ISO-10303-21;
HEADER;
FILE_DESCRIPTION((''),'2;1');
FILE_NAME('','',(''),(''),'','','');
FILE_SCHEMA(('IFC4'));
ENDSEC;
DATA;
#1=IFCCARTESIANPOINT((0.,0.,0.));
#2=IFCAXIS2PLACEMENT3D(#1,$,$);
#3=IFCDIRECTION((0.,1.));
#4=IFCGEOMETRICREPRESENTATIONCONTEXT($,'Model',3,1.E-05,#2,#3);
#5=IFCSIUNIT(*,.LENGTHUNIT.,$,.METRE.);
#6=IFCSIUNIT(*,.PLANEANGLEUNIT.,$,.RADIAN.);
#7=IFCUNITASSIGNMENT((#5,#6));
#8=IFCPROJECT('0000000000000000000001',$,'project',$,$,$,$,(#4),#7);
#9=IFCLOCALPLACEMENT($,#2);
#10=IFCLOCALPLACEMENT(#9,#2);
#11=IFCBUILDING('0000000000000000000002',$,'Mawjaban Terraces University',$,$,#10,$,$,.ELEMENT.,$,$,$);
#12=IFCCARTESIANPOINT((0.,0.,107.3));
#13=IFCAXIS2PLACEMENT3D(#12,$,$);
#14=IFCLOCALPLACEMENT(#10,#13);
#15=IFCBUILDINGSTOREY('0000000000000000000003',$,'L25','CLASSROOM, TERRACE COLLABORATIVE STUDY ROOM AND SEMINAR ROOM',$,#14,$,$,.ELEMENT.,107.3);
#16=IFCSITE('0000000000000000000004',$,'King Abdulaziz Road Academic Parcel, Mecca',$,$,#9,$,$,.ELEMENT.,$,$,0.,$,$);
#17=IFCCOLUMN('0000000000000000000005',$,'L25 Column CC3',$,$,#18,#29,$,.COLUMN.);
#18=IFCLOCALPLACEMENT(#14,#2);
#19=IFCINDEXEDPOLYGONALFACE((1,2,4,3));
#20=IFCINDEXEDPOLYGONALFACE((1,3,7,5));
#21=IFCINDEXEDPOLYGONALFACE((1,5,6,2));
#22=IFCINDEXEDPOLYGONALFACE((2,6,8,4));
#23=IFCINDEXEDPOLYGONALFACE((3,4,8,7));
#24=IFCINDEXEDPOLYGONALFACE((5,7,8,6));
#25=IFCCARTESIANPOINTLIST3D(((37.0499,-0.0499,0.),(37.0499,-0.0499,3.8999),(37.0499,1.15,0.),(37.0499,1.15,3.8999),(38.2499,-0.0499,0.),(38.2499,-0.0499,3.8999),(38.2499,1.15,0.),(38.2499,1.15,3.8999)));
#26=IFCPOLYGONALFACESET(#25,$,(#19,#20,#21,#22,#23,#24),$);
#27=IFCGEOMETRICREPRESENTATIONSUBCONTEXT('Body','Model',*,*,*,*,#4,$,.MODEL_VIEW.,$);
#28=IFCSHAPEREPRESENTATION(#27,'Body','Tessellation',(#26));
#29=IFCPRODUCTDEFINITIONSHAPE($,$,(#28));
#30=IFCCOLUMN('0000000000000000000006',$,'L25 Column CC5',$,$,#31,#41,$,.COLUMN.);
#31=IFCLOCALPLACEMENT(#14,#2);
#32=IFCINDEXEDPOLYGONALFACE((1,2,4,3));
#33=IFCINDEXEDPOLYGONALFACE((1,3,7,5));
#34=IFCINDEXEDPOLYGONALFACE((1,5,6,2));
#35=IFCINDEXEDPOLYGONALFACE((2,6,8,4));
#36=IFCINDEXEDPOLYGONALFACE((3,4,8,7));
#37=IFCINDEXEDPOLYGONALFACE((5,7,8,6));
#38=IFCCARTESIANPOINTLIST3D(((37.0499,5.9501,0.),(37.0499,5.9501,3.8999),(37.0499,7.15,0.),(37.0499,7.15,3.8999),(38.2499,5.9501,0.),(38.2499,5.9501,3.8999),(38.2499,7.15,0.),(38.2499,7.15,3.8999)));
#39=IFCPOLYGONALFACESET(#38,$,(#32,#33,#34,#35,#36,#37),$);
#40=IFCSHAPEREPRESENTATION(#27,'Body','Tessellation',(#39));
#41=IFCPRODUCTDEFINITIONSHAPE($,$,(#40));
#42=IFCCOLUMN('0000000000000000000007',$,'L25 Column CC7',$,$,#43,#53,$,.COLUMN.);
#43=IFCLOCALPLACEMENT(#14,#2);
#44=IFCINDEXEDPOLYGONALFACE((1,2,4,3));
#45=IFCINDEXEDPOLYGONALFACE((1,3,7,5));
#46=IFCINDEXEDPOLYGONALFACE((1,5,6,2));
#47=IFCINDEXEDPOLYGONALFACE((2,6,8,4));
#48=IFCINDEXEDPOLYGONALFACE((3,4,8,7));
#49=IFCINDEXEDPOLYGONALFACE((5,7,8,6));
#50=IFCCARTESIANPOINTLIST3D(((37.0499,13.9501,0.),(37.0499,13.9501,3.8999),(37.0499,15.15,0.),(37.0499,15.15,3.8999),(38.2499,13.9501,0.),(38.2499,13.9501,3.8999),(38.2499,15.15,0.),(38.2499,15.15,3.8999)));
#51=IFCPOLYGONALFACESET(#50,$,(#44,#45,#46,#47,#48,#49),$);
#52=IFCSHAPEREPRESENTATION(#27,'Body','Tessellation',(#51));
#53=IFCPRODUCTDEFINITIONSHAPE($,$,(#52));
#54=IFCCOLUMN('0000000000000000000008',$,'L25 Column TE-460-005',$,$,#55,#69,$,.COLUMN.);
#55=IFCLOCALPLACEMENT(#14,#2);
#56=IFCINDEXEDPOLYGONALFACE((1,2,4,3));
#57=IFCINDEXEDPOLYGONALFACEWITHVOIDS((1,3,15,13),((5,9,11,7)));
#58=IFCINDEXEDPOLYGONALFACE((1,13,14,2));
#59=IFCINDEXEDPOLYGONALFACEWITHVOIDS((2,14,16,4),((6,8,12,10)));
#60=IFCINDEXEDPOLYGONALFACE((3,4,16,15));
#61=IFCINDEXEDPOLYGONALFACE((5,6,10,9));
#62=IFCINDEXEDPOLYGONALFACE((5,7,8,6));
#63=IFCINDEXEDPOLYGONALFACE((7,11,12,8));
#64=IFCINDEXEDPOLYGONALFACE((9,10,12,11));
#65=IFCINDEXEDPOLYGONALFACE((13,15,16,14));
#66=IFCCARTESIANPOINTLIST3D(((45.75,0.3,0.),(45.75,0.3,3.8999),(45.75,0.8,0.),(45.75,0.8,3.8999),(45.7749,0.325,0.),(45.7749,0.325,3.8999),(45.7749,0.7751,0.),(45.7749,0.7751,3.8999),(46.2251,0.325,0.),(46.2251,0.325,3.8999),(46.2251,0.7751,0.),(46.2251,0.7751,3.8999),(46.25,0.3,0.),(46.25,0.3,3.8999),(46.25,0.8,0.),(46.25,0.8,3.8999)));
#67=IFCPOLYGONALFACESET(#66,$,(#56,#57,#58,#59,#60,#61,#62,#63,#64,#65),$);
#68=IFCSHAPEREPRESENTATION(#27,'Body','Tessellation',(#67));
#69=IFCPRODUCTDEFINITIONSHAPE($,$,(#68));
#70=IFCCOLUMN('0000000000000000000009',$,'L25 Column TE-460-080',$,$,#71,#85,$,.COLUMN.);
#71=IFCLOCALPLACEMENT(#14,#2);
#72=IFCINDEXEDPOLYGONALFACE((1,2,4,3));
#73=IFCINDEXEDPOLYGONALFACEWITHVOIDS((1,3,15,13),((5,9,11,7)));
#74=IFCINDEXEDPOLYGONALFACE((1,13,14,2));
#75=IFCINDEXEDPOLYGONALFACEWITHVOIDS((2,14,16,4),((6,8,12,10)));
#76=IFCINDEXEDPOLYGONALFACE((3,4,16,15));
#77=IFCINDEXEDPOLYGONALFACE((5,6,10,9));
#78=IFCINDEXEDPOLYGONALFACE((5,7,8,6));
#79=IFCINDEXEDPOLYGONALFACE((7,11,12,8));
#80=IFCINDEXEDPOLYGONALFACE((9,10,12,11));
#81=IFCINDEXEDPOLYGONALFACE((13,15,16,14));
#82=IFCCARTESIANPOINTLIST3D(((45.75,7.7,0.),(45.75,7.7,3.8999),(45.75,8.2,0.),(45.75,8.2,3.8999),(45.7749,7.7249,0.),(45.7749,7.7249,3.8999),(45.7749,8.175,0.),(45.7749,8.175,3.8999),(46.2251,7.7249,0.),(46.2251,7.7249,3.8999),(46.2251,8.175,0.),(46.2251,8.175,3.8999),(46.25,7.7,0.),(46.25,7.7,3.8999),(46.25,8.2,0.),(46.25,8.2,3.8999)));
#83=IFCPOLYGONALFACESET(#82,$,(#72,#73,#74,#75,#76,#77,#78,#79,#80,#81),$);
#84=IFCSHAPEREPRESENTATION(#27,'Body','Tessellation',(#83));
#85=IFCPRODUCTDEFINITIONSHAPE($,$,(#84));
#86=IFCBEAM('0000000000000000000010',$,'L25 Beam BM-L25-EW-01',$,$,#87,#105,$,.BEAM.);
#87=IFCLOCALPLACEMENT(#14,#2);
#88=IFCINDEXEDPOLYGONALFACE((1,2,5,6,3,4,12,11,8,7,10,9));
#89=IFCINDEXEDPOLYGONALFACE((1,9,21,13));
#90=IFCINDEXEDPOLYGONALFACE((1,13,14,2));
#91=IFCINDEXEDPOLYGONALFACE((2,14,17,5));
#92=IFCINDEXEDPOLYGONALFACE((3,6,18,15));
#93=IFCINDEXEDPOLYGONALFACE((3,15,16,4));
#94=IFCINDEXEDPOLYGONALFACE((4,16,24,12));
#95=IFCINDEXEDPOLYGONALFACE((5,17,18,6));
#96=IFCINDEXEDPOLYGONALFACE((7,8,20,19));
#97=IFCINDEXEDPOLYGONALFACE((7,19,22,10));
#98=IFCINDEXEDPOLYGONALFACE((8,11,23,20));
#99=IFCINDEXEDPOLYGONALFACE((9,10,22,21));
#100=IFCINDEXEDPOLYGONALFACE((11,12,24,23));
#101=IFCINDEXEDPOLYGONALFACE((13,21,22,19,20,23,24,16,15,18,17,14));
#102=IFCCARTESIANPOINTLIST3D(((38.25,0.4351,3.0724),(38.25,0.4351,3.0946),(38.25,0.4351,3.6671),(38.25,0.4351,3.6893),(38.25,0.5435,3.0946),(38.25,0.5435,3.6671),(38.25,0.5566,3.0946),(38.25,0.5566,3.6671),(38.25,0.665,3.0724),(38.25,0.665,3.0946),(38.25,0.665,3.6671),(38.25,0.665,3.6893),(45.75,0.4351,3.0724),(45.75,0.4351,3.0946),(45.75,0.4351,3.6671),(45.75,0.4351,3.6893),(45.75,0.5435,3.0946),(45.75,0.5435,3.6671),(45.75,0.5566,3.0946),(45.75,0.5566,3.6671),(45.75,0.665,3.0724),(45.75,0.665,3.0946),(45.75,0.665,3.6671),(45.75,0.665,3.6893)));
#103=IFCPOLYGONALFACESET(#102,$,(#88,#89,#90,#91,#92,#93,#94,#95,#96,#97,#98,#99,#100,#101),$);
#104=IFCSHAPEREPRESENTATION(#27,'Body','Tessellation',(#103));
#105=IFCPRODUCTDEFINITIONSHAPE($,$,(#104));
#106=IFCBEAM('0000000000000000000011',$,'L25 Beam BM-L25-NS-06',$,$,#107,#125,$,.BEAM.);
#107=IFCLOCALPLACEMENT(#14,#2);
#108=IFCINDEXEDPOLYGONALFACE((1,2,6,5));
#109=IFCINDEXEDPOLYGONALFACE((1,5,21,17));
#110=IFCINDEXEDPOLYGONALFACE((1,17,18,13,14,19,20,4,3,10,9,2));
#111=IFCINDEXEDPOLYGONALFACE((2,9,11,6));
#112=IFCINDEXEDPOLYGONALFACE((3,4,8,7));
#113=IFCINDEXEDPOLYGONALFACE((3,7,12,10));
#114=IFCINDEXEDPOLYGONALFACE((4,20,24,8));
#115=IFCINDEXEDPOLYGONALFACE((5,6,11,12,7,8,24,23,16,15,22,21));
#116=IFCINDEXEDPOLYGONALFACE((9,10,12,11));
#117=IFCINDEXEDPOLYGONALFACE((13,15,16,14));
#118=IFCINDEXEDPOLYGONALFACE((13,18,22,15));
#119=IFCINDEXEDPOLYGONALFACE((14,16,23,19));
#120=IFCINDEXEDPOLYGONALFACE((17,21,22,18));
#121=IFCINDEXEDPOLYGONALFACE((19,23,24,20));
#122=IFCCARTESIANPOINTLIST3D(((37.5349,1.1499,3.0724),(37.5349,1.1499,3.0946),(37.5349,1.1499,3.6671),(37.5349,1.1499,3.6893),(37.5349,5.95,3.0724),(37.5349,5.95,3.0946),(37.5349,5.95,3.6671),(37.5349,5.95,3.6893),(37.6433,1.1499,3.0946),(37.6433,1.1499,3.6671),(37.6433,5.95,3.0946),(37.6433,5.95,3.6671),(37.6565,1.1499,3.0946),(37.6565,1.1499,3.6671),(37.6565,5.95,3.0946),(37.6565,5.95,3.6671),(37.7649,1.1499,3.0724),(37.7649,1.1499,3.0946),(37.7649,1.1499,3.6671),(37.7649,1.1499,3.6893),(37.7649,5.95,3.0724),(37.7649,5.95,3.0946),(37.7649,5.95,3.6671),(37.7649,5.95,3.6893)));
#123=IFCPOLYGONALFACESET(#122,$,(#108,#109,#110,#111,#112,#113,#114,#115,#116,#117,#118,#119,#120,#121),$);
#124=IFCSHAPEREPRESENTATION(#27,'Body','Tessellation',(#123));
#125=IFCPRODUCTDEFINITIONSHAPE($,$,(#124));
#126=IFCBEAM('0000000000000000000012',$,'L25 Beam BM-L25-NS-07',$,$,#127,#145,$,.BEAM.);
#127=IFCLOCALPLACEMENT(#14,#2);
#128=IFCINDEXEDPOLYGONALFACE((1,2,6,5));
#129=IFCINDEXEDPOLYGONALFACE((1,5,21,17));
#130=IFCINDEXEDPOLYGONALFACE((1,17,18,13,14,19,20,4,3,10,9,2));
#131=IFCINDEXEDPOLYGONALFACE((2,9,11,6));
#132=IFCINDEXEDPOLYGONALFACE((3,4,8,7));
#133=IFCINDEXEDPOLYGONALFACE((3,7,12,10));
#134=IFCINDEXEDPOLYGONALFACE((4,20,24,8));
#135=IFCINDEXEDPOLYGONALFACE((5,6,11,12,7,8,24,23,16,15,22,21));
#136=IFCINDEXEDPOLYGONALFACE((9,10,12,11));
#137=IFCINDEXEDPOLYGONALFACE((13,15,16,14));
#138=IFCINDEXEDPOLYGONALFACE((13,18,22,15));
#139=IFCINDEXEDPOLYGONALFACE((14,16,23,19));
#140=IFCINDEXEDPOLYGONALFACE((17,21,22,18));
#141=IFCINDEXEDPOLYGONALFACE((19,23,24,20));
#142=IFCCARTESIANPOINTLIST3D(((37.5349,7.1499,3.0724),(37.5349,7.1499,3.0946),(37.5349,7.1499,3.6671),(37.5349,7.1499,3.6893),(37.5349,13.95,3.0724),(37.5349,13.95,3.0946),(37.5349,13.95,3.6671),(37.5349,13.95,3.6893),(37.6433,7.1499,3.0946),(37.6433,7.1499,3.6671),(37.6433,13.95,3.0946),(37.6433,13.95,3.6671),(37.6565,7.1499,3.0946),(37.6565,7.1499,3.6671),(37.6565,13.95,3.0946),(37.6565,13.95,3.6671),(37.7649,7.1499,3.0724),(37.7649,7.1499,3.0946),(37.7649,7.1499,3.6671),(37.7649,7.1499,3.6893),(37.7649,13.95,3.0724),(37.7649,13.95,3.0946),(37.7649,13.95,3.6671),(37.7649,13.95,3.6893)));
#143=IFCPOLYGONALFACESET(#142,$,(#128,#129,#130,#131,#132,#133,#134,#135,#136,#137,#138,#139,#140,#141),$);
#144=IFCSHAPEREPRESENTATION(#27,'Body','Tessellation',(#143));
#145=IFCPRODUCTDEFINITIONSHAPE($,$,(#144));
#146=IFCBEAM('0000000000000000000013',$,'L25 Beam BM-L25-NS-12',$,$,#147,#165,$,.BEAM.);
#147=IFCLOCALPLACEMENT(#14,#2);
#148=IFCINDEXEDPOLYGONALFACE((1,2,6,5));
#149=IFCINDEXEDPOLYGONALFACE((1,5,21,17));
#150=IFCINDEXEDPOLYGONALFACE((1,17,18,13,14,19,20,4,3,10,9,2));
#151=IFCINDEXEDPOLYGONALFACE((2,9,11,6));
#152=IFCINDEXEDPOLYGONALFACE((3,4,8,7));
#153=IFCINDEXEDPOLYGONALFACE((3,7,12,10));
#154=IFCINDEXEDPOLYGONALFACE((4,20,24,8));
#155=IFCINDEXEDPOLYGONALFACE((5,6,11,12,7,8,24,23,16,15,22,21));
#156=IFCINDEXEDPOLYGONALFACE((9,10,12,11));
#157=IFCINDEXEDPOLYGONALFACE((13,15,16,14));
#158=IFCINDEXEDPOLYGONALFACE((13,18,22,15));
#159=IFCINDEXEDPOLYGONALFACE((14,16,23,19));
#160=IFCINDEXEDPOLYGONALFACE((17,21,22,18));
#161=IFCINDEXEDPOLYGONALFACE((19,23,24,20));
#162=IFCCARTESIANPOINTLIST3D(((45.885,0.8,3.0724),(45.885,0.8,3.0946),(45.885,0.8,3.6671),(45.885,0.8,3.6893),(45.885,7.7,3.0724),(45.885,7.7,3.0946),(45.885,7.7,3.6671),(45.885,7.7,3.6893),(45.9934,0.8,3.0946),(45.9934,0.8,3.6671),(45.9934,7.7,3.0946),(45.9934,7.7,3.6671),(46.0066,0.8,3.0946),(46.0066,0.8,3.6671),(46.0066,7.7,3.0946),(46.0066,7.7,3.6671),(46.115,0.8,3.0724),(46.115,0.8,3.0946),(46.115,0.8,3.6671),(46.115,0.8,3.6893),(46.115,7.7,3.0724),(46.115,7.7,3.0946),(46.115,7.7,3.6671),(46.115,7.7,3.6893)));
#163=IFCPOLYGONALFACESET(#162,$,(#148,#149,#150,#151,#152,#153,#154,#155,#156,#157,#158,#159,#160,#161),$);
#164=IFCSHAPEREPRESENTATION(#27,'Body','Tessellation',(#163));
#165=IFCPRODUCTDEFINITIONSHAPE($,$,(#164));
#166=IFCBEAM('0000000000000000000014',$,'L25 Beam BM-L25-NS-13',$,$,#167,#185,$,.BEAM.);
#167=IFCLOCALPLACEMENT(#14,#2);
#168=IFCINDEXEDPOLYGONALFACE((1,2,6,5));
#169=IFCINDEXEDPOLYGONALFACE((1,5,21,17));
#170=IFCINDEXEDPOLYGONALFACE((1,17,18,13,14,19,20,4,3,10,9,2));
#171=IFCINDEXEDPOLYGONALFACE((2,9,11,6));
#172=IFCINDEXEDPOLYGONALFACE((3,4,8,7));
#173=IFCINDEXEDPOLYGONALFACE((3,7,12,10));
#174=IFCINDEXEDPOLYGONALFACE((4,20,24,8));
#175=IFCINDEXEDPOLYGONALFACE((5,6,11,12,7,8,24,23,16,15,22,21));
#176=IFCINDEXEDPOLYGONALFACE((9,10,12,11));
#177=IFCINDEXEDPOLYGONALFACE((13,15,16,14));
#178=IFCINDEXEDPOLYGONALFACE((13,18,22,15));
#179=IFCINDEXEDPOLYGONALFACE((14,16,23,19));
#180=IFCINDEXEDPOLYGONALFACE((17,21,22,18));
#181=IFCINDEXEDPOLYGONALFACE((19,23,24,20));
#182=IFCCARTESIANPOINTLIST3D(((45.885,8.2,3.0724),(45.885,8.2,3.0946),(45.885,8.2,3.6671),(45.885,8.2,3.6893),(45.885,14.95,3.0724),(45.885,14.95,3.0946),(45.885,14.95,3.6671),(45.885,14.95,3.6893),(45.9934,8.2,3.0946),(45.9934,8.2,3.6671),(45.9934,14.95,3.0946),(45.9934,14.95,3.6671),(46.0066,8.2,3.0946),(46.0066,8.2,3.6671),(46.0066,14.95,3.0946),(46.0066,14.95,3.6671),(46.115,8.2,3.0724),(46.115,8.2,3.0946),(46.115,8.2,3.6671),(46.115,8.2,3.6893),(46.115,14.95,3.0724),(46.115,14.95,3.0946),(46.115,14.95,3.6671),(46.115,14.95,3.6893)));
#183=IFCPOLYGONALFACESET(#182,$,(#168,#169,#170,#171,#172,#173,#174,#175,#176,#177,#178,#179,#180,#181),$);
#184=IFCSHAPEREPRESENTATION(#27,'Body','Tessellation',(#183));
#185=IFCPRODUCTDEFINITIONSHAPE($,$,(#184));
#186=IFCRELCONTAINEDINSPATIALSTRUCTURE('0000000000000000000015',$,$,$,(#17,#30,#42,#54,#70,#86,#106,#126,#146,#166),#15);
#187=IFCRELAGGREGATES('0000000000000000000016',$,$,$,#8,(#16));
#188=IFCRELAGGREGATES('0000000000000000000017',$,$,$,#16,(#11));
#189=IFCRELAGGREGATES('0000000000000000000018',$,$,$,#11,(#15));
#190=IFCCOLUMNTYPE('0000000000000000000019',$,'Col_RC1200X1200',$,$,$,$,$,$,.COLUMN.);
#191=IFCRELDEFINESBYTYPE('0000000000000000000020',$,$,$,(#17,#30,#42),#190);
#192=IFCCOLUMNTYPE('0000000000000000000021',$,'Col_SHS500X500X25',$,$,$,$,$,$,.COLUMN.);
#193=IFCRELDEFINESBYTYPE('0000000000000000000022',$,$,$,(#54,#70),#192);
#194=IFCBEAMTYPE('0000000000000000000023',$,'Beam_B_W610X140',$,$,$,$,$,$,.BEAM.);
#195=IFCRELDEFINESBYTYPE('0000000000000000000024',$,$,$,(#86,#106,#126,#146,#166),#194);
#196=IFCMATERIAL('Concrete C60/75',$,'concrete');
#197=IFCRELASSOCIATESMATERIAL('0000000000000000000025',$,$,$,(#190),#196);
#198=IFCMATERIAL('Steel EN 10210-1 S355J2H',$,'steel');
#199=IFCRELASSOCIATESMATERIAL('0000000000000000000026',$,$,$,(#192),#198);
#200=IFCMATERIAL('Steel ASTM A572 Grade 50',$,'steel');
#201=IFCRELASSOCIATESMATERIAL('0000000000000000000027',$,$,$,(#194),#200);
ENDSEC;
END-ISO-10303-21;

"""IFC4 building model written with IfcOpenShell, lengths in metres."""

from ifc_helpers import new_model, si_unit, direction, frame, origin, origin_2d, place, context, subcontext, project, spatial, rectangle, hollow_rectangle, i_section, extrude, material, material_profile, profile_set, type_object, element, save


model = new_model("IFC4")

# Units and contexts
model_context = context("Model", 3, precision=1e-05, world=origin(), true_north=direction((0.0, 1.0)))
body_context = subcontext(model_context, "Body", "Model", "MODEL_VIEW")
ifc_project = project(units=[si_unit("LENGTHUNIT", "METRE"), si_unit("PLANEANGLEUNIT", "RADIAN")], contexts=[model_context])

# Site, building, storey
site_placement = place(None, origin())
site = spatial("IfcSite", under=ifc_project, at=site_placement, Name="King Abdulaziz Road Academic Parcel, Mecca", CompositionType="ELEMENT", RefElevation=0.0)
building_placement = place(site_placement, origin())
building = spatial("IfcBuilding", under=site, at=building_placement, Name="Mawjaban Terraces University", CompositionType="ELEMENT")
storey_placement = place(building_placement, frame((0.0, 0.0, 107.3)))
storey = spatial("IfcBuildingStorey", under=building, at=storey_placement, Name="L25", Description="CLASSROOM, TERRACE COLLABORATIVE STUDY ROOM AND SEMINAR ROOM", CompositionType="ELEMENT", Elevation=107.3)

# Columns
ifc_material_1 = material(Name="Concrete C60/75", Category="concrete")
ifc_material_profile_1 = material_profile(ifc_material_1, rectangle(XDim=1.2, YDim=1.2, at=origin_2d()), Name="RC1200X1200")
ifc_profile_set_1 = profile_set([ifc_material_profile_1], Name="Concrete C60/75")
column_type_1 = type_object("IfcColumnType", Name="Col_RC1200X1200", PredefinedType="COLUMN", material=ifc_profile_set_1)
for number, where, z_axis, x_axis, name in (
    (1, (37.6499, 0.55, 0.0), (0.0, 0.0, 1.0), (1.0, 0.0, 0.0), "L25 Column CC3"),
    (2, (37.6499, 6.55, 0.0), (0.0, 0.0, 1.0), (1.0, 0.0, 0.0), "L25 Column CC5"),
    (3, (37.6499, 14.55, 0.0), (0.0, 0.0, 1.0), (1.0, 0.0, 0.0), "L25 Column CC7"),
):
    element("IfcColumn", number, at=place(storey_placement, frame(where, z_axis=z_axis, x_axis=x_axis)), inside=storey, type_object=column_type_1, Name=name, PredefinedType="COLUMN", context=body_context, shape_type="SweptSolid", body=[
        extrude(rectangle(XDim=1.2, YDim=1.2, at=origin_2d()), origin(), (0.0, 0.0, 1.0), 3.8999),
    ])
ifc_material_2 = material(Name="Steel EN 10210-1 S355J2H", Category="steel")
ifc_material_profile_2 = material_profile(ifc_material_2, hollow_rectangle(XDim=0.5, YDim=0.5, WallThickness=0.0249, at=origin_2d()), Name="SHS500X500X25")
ifc_profile_set_2 = profile_set([ifc_material_profile_2], Name="Steel EN 10210-1 S355J2H")
column_type_2 = type_object("IfcColumnType", Name="Col_SHS500X500X25", PredefinedType="COLUMN", material=ifc_profile_set_2)
for number, where, z_axis, x_axis, name in (
    (4, (46.0, 0.55, 0.0), (0.0, 0.0, 1.0), (1.0, 0.0, 0.0), "L25 Column TE-460-005"),
    (5, (46.0, 7.95, 0.0), (0.0, 0.0, 1.0), (1.0, 0.0, 0.0), "L25 Column TE-460-080"),
):
    element("IfcColumn", number, at=place(storey_placement, frame(where, z_axis=z_axis, x_axis=x_axis)), inside=storey, type_object=column_type_2, Name=name, PredefinedType="COLUMN", context=body_context, shape_type="SweptSolid", body=[
        extrude(hollow_rectangle(XDim=0.5, YDim=0.5, WallThickness=0.0249, at=origin_2d()), origin(), (0.0, 0.0, 1.0), 3.8999),
    ])

# Beams
ifc_material_3 = material(Name="Steel ASTM A572 Grade 50", Category="steel")
ifc_material_profile_3 = material_profile(ifc_material_3, i_section(OverallWidth=0.23, OverallDepth=0.6169, WebThickness=0.0132, FlangeThickness=0.0222, at=origin_2d()), Name="W610X140")
ifc_profile_set_3 = profile_set([ifc_material_profile_3], Name="Steel ASTM A572 Grade 50")
beam_type_1 = type_object("IfcBeamType", Name="Beam_B_W610X140", PredefinedType="BEAM", material=ifc_profile_set_3)
beam_1_placement = place(storey_placement, frame((38.25, 0.55, 3.3809), z_axis=(1.0, 0.0, 0.0), x_axis=(0.0, 1.0, 0.0)))
element("IfcBeam", 6, at=beam_1_placement, inside=storey, type_object=beam_type_1, Name="L25 Beam BM-L25-EW-01", PredefinedType="BEAM", context=body_context, shape_type="SweptSolid", body=[
    extrude(i_section(OverallWidth=0.23, OverallDepth=0.6169, WebThickness=0.0132, FlangeThickness=0.0222, at=origin_2d()), origin(), (0.0, 0.0, 1.0), 7.5),
])
beam_2_placement = place(storey_placement, frame((37.6499, 1.1499, 3.3809), z_axis=(0.0, 1.0, 0.0), x_axis=(-1.0, 0.0, 0.0)))
element("IfcBeam", 7, at=beam_2_placement, inside=storey, type_object=beam_type_1, Name="L25 Beam BM-L25-NS-06", PredefinedType="BEAM", context=body_context, shape_type="SweptSolid", body=[
    extrude(i_section(OverallWidth=0.23, OverallDepth=0.6169, WebThickness=0.0132, FlangeThickness=0.0222, at=origin_2d()), origin(), (0.0, 0.0, 1.0), 4.8),
])
beam_3_placement = place(storey_placement, frame((37.6499, 7.1499, 3.3809), z_axis=(0.0, 1.0, 0.0), x_axis=(-1.0, 0.0, 0.0)))
element("IfcBeam", 8, at=beam_3_placement, inside=storey, type_object=beam_type_1, Name="L25 Beam BM-L25-NS-07", PredefinedType="BEAM", context=body_context, shape_type="SweptSolid", body=[
    extrude(i_section(OverallWidth=0.23, OverallDepth=0.6169, WebThickness=0.0132, FlangeThickness=0.0222, at=origin_2d()), origin(), (0.0, 0.0, 1.0), 6.8),
])
beam_4_placement = place(storey_placement, frame((46.0, 0.8, 3.3809), z_axis=(0.0, 1.0, 0.0), x_axis=(-1.0, 0.0, 0.0)))
element("IfcBeam", 9, at=beam_4_placement, inside=storey, type_object=beam_type_1, Name="L25 Beam BM-L25-NS-12", PredefinedType="BEAM", context=body_context, shape_type="SweptSolid", body=[
    extrude(i_section(OverallWidth=0.23, OverallDepth=0.6169, WebThickness=0.0132, FlangeThickness=0.0222, at=origin_2d()), origin(), (0.0, 0.0, 1.0), 6.8999),
])
beam_5_placement = place(storey_placement, frame((46.0, 8.2, 3.3809), z_axis=(0.0, 1.0, 0.0), x_axis=(-1.0, 0.0, 0.0)))
element("IfcBeam", 10, at=beam_5_placement, inside=storey, type_object=beam_type_1, Name="L25 Beam BM-L25-NS-13", PredefinedType="BEAM", context=body_context, shape_type="SweptSolid", body=[
    extrude(i_section(OverallWidth=0.23, OverallDepth=0.6169, WebThickness=0.0132, FlangeThickness=0.0222, at=origin_2d()), origin(), (0.0, 0.0, 1.0), 6.75),
])

save(model, "model.ifc")
